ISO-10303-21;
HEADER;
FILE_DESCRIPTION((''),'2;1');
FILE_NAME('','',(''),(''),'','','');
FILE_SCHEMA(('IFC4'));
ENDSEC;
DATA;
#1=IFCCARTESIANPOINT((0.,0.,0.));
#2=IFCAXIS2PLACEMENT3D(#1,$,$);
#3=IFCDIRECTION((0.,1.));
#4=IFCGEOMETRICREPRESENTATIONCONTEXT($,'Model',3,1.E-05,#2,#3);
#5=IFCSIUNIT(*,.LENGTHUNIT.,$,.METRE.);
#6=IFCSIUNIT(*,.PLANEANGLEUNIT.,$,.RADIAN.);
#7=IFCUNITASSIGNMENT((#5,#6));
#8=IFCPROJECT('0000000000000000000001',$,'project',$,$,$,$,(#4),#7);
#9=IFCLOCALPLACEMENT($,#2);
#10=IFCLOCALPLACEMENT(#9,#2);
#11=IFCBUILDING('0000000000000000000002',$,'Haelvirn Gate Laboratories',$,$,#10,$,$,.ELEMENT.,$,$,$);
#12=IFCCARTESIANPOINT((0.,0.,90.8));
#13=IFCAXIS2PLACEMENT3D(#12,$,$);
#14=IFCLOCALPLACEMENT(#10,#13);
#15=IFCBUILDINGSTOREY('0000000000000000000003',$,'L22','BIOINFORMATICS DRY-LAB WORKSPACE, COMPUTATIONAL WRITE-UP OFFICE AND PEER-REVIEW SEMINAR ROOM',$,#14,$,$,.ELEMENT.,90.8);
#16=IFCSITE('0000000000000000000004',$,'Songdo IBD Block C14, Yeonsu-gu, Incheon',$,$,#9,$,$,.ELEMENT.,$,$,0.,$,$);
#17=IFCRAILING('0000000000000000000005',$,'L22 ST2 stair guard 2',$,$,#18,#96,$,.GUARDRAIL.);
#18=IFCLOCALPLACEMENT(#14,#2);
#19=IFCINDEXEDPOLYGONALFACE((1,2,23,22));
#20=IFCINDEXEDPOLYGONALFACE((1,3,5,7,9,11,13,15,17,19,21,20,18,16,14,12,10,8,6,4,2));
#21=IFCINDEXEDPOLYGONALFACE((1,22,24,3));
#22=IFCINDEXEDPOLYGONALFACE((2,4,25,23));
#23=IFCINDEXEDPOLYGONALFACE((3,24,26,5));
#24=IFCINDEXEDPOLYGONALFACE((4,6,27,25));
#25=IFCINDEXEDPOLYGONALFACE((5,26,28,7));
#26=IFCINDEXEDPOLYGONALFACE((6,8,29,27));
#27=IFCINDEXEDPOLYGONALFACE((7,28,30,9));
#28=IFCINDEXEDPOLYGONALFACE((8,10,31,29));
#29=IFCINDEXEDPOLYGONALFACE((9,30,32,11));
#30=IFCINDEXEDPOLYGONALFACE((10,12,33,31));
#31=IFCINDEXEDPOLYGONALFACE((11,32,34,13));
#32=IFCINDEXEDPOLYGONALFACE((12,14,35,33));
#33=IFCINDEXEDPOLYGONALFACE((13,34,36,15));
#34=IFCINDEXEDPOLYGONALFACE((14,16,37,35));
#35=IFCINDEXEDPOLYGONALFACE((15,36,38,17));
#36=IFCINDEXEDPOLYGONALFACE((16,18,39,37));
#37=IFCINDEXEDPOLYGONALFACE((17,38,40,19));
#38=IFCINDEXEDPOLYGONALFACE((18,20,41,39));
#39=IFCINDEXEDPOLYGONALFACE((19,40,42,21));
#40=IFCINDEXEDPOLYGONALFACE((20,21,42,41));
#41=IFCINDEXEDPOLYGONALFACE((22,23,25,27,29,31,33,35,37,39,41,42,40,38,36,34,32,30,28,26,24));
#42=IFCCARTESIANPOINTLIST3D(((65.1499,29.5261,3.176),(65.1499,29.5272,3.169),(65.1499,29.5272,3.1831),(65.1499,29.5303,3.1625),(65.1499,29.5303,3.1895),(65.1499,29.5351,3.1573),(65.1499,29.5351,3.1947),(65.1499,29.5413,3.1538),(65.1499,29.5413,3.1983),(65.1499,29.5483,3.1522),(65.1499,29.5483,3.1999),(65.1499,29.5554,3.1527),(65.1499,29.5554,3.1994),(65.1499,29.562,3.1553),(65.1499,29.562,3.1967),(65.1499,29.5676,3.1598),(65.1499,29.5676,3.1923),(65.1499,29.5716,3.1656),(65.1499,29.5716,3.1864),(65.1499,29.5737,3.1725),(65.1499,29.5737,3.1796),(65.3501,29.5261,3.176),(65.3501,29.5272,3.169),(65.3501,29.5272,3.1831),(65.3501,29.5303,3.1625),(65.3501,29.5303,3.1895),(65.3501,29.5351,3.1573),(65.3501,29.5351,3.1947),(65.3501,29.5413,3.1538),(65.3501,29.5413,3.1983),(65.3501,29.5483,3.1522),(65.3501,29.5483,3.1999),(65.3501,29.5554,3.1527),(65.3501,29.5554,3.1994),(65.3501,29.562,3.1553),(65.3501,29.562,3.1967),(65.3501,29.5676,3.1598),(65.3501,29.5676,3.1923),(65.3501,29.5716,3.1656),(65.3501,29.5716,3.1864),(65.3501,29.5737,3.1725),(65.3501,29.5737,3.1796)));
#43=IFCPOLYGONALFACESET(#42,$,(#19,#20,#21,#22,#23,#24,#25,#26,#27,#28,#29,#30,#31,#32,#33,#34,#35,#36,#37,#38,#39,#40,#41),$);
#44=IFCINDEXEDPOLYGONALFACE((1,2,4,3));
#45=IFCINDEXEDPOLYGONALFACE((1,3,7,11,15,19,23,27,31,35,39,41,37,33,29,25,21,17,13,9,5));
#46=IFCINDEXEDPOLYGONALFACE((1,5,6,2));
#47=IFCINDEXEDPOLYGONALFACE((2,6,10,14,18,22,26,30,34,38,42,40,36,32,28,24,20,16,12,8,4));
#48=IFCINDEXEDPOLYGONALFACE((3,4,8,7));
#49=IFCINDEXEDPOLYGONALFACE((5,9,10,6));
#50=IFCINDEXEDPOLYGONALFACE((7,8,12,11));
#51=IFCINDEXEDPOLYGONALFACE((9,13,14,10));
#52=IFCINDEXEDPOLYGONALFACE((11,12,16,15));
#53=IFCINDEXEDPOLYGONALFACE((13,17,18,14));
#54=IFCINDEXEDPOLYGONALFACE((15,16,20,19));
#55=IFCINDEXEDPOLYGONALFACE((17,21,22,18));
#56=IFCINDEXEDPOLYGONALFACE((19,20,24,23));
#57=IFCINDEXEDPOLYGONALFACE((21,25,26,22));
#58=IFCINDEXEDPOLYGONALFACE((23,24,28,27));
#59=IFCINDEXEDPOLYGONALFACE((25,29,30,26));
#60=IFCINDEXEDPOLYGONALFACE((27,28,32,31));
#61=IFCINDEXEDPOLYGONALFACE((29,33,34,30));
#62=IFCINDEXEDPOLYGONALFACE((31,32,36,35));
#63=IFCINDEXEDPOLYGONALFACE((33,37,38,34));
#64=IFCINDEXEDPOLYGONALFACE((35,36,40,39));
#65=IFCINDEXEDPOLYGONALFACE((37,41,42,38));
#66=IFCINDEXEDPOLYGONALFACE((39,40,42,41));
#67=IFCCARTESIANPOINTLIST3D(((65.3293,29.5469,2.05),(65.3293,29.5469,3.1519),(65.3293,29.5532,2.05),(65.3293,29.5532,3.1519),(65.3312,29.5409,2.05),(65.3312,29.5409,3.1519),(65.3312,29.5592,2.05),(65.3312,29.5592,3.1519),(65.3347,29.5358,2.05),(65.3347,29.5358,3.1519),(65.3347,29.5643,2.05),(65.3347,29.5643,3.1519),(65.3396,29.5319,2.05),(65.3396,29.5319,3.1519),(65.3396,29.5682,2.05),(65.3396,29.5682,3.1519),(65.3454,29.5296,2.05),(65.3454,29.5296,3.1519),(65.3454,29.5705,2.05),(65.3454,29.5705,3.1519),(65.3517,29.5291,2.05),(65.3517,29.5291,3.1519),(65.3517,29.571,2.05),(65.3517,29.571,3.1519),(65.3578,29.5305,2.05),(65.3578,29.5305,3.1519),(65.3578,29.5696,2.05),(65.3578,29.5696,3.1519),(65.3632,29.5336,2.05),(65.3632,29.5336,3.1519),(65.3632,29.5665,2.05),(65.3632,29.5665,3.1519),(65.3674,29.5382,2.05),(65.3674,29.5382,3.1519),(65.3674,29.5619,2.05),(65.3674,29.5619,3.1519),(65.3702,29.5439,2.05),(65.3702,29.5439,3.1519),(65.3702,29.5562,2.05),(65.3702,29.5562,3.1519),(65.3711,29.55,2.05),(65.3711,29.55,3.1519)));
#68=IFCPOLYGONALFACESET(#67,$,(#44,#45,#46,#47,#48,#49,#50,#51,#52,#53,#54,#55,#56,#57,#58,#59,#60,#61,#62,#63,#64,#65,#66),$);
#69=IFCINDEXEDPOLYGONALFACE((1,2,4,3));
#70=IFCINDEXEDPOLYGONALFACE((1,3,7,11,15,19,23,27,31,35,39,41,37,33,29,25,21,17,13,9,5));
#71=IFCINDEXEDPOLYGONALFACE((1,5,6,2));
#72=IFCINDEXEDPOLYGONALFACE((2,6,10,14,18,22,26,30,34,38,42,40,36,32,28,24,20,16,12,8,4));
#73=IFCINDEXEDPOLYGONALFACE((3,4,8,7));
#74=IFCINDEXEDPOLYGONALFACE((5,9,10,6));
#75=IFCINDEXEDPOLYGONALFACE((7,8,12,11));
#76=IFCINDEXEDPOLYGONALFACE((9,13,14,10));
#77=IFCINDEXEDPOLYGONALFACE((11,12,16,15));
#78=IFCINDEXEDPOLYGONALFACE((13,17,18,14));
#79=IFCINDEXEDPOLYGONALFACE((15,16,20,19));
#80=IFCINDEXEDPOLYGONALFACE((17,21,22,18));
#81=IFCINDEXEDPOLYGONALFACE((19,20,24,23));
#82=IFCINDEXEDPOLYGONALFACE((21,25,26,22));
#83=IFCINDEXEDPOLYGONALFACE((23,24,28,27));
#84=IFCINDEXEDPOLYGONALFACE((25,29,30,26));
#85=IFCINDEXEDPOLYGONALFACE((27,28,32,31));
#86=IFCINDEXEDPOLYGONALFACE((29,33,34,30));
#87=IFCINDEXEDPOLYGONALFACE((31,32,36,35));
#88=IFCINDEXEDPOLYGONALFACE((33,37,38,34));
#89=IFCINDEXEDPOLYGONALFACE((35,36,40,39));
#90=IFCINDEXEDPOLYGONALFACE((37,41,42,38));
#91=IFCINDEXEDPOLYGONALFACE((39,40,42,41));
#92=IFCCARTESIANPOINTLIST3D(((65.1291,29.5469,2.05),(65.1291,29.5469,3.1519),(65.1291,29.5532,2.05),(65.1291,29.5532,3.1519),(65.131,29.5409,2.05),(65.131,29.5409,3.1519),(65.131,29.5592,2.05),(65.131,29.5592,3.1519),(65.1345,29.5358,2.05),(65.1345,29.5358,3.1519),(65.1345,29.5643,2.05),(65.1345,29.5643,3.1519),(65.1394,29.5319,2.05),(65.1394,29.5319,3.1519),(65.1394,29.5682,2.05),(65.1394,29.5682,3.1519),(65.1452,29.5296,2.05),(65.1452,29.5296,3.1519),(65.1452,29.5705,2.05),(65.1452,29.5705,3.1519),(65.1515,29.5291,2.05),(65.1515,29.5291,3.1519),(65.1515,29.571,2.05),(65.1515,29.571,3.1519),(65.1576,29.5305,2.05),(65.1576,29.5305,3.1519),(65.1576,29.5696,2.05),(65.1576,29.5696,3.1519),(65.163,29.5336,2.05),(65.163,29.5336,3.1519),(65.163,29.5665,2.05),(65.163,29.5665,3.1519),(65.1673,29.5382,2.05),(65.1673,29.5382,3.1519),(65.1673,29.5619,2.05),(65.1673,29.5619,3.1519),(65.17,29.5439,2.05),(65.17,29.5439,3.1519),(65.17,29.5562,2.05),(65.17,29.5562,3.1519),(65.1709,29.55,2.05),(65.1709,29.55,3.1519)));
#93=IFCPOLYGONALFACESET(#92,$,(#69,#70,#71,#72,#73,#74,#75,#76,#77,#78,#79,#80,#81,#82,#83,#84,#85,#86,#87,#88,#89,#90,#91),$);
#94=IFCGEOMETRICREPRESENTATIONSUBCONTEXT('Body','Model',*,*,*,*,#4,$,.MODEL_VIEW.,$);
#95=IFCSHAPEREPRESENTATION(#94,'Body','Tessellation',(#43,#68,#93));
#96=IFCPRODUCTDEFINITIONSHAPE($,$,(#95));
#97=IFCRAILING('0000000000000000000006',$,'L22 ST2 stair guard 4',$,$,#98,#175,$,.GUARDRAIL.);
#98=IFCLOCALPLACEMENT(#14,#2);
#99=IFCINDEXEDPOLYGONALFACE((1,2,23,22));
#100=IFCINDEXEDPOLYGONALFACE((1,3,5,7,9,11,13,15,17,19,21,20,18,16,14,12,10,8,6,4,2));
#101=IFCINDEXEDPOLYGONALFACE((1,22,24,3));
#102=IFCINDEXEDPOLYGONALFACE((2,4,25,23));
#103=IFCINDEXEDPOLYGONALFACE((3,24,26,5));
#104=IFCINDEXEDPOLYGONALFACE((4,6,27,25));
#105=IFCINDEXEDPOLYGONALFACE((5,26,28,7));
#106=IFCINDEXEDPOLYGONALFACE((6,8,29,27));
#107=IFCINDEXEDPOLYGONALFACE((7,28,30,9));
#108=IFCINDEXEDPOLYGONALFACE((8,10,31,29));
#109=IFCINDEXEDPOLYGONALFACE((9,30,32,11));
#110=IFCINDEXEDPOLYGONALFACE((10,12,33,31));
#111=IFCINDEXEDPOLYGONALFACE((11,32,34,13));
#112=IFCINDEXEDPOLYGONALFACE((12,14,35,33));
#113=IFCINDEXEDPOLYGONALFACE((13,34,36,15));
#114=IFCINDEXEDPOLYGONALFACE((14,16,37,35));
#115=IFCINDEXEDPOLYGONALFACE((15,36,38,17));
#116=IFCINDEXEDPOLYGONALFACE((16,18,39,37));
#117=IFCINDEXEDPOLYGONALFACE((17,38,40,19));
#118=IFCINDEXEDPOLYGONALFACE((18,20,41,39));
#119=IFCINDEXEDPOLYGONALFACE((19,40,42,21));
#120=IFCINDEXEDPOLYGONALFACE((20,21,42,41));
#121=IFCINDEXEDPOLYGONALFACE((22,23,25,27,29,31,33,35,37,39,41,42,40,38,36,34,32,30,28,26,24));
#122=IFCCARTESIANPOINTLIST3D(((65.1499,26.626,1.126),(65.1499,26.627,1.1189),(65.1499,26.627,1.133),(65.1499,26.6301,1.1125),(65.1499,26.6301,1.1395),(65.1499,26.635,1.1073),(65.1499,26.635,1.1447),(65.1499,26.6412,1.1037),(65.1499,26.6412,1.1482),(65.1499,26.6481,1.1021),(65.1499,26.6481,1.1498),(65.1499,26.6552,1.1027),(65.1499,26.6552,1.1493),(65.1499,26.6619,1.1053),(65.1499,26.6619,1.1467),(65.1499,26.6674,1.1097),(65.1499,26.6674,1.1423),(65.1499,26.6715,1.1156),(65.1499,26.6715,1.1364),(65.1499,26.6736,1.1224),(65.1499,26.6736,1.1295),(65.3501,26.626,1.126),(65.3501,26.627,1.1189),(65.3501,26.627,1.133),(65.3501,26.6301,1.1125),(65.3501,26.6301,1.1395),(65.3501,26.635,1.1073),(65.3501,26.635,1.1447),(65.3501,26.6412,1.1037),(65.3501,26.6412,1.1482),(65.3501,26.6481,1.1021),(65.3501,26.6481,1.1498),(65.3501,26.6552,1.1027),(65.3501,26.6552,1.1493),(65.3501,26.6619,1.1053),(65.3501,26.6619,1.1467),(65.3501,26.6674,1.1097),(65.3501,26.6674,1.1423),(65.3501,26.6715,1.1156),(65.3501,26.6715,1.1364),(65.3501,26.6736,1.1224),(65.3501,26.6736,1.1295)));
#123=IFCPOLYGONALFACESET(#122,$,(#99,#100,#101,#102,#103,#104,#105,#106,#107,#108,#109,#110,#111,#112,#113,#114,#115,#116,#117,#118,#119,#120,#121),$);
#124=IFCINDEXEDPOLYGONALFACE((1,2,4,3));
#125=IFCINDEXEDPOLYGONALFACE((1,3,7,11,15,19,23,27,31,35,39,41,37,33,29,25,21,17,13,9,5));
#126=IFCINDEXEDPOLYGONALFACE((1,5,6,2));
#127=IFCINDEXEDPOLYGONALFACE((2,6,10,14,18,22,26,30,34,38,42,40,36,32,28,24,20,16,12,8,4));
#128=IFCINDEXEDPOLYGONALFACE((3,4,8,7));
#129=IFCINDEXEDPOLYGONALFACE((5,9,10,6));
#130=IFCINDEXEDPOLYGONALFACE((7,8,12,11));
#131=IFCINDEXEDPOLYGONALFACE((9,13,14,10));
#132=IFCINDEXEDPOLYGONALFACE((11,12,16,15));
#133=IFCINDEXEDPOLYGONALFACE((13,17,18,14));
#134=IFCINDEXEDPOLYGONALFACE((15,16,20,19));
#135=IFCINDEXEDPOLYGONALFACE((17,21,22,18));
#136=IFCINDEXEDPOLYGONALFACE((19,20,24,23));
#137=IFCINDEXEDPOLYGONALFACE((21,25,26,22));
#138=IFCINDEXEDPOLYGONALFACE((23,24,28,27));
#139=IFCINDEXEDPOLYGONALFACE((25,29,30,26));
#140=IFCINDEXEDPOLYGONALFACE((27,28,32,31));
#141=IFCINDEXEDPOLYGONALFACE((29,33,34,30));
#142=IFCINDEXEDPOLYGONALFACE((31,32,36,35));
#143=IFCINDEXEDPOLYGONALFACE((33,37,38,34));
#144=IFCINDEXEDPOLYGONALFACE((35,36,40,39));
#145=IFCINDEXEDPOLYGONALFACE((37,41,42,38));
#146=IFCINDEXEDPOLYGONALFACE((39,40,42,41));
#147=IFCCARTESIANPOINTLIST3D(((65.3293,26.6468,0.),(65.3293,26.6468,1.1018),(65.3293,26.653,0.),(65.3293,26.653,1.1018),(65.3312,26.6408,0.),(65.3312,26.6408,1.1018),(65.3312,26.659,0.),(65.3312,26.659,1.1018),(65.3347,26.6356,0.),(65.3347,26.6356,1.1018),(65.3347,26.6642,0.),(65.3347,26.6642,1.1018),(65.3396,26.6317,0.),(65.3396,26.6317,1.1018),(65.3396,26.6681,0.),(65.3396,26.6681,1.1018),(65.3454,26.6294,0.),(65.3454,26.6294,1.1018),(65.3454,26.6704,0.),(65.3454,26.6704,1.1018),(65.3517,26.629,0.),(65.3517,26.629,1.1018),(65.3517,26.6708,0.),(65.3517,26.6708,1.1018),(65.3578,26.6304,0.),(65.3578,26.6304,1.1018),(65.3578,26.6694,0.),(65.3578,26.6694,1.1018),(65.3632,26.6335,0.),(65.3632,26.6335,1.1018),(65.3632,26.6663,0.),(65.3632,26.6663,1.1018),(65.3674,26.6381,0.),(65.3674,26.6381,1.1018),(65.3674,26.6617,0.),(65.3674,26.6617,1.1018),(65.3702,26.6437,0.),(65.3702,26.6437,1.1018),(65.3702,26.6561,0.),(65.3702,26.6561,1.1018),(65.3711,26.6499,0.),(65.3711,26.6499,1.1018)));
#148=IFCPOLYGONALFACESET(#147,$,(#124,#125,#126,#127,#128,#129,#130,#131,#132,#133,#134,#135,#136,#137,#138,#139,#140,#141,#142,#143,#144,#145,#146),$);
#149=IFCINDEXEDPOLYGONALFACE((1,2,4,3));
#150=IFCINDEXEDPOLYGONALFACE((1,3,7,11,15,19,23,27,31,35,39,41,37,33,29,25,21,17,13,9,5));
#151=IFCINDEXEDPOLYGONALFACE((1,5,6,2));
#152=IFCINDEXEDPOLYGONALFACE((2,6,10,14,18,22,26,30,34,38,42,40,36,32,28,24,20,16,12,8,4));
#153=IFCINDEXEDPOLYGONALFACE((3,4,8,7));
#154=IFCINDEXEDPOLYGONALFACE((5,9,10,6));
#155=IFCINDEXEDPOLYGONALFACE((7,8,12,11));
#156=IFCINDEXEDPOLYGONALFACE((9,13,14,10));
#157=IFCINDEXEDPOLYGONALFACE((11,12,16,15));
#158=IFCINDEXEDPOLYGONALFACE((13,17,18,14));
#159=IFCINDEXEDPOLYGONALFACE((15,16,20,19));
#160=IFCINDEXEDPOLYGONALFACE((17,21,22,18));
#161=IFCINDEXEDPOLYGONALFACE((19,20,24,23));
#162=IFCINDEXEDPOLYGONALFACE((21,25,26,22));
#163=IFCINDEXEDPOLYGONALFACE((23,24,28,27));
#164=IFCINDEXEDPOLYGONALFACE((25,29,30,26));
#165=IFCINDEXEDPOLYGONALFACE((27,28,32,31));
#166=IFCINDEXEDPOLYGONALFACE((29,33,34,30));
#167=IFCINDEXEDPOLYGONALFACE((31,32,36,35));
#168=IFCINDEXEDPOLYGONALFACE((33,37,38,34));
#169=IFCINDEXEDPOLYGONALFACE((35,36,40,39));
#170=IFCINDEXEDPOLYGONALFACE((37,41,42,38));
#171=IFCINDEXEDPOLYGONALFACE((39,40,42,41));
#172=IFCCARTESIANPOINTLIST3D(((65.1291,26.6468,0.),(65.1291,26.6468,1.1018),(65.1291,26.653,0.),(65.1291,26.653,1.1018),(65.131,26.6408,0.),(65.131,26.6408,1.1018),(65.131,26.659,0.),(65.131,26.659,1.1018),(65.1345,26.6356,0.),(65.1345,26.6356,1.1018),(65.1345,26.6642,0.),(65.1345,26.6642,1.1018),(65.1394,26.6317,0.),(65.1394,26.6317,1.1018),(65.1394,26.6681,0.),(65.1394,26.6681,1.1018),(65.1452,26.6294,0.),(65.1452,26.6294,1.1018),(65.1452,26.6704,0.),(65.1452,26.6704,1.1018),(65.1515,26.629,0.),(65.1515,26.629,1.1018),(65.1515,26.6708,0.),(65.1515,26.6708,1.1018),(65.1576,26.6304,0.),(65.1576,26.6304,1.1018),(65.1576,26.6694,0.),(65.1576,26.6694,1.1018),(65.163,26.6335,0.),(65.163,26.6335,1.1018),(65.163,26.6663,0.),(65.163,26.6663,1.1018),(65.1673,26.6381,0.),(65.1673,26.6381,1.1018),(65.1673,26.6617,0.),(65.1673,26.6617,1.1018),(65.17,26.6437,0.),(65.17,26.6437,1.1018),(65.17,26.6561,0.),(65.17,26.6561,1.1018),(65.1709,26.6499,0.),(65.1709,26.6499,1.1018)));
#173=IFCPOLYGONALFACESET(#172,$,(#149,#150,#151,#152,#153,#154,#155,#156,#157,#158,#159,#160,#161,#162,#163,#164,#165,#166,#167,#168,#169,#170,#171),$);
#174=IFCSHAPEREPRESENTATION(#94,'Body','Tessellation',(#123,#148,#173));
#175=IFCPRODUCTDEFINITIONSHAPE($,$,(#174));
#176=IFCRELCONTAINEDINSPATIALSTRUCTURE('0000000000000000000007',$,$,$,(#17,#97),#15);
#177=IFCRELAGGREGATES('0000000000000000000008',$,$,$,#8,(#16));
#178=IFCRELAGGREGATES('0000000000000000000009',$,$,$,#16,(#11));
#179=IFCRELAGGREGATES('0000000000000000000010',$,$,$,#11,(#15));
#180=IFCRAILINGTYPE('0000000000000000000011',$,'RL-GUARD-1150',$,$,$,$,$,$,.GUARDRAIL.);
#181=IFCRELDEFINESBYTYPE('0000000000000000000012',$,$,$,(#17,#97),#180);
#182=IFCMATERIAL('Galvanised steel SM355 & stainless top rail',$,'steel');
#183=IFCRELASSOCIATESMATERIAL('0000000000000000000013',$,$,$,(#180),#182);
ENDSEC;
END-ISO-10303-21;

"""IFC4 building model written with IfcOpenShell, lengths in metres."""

from ifc_helpers import new_model, si_unit, direction, frame, origin, origin_2d, place, context, subcontext, project, spatial, circle, extrude, source, transform, mapped, material, type_object, element, save


model = new_model("IFC4")

# Units and contexts
model_context = context("Model", 3, precision=1e-05, world=origin(), true_north=direction((0.0, 1.0)))
body_context = subcontext(model_context, "Body", "Model", "MODEL_VIEW")
ifc_project = project(units=[si_unit("LENGTHUNIT", "METRE"), si_unit("PLANEANGLEUNIT", "RADIAN")], contexts=[model_context])

# Site, building, storey
site_placement = place(None, origin())
site = spatial("IfcSite", under=ifc_project, at=site_placement, Name="Songdo IBD Block C14, Yeonsu-gu, Incheon", CompositionType="ELEMENT", RefElevation=0.0)
building_placement = place(site_placement, origin())
building = spatial("IfcBuilding", under=site, at=building_placement, Name="Haelvirn Gate Laboratories", CompositionType="ELEMENT")
storey_placement = place(building_placement, frame((0.0, 0.0, 90.8)))
storey = spatial("IfcBuildingStorey", under=building, at=storey_placement, Name="L22", Description="BIOINFORMATICS DRY-LAB WORKSPACE, COMPUTATIONAL WRITE-UP OFFICE AND PEER-REVIEW SEMINAR ROOM", CompositionType="ELEMENT", Elevation=90.8)

# Railings
ifc_material_1 = material(Name="Galvanised steel SM355 & stainless top rail", Category="steel")
railing_type_1 = type_object("IfcRailingType", Name="RL-GUARD-1150", PredefinedType="GUARDRAIL", material=ifc_material_1)
shared_shape_1 = source(origin(), body_context, "Body", "SweptSolid", [
    extrude(circle(Radius=0.0239, at=origin_2d()), frame((0.0, 0.0, 1.126), z_axis=(-1.0, 0.0, 0.0), x_axis=(0.0, -1.0, 0.0)), (0.0, 0.0, 1.0), 0.2002),
    extrude(circle(Radius=0.021, at=origin_2d()), origin(), (0.0, 0.0, 1.0), 1.1018),
    extrude(circle(Radius=0.021, at=origin_2d()), frame((-0.2002, 0.0, 0.0)), (0.0, 0.0, 1.0), 1.1018),
])
for number, where, name in (
    (1, (65.3501, 29.55, 2.05), "L22 ST2 stair guard 2"),
    (2, (65.3501, 26.6499, 0.0), "L22 ST2 stair guard 4"),
):
    element("IfcRailing", number, at=place(storey_placement, frame(where)), inside=storey, type_object=railing_type_1, Name=name, PredefinedType="GUARDRAIL", context=body_context, shape_type="MappedRepresentation", body=[
        mapped(shared_shape_1, transform((0.0, 0.0, 0.0), scale=1.0)),
    ])

save(model, "model.ifc")
